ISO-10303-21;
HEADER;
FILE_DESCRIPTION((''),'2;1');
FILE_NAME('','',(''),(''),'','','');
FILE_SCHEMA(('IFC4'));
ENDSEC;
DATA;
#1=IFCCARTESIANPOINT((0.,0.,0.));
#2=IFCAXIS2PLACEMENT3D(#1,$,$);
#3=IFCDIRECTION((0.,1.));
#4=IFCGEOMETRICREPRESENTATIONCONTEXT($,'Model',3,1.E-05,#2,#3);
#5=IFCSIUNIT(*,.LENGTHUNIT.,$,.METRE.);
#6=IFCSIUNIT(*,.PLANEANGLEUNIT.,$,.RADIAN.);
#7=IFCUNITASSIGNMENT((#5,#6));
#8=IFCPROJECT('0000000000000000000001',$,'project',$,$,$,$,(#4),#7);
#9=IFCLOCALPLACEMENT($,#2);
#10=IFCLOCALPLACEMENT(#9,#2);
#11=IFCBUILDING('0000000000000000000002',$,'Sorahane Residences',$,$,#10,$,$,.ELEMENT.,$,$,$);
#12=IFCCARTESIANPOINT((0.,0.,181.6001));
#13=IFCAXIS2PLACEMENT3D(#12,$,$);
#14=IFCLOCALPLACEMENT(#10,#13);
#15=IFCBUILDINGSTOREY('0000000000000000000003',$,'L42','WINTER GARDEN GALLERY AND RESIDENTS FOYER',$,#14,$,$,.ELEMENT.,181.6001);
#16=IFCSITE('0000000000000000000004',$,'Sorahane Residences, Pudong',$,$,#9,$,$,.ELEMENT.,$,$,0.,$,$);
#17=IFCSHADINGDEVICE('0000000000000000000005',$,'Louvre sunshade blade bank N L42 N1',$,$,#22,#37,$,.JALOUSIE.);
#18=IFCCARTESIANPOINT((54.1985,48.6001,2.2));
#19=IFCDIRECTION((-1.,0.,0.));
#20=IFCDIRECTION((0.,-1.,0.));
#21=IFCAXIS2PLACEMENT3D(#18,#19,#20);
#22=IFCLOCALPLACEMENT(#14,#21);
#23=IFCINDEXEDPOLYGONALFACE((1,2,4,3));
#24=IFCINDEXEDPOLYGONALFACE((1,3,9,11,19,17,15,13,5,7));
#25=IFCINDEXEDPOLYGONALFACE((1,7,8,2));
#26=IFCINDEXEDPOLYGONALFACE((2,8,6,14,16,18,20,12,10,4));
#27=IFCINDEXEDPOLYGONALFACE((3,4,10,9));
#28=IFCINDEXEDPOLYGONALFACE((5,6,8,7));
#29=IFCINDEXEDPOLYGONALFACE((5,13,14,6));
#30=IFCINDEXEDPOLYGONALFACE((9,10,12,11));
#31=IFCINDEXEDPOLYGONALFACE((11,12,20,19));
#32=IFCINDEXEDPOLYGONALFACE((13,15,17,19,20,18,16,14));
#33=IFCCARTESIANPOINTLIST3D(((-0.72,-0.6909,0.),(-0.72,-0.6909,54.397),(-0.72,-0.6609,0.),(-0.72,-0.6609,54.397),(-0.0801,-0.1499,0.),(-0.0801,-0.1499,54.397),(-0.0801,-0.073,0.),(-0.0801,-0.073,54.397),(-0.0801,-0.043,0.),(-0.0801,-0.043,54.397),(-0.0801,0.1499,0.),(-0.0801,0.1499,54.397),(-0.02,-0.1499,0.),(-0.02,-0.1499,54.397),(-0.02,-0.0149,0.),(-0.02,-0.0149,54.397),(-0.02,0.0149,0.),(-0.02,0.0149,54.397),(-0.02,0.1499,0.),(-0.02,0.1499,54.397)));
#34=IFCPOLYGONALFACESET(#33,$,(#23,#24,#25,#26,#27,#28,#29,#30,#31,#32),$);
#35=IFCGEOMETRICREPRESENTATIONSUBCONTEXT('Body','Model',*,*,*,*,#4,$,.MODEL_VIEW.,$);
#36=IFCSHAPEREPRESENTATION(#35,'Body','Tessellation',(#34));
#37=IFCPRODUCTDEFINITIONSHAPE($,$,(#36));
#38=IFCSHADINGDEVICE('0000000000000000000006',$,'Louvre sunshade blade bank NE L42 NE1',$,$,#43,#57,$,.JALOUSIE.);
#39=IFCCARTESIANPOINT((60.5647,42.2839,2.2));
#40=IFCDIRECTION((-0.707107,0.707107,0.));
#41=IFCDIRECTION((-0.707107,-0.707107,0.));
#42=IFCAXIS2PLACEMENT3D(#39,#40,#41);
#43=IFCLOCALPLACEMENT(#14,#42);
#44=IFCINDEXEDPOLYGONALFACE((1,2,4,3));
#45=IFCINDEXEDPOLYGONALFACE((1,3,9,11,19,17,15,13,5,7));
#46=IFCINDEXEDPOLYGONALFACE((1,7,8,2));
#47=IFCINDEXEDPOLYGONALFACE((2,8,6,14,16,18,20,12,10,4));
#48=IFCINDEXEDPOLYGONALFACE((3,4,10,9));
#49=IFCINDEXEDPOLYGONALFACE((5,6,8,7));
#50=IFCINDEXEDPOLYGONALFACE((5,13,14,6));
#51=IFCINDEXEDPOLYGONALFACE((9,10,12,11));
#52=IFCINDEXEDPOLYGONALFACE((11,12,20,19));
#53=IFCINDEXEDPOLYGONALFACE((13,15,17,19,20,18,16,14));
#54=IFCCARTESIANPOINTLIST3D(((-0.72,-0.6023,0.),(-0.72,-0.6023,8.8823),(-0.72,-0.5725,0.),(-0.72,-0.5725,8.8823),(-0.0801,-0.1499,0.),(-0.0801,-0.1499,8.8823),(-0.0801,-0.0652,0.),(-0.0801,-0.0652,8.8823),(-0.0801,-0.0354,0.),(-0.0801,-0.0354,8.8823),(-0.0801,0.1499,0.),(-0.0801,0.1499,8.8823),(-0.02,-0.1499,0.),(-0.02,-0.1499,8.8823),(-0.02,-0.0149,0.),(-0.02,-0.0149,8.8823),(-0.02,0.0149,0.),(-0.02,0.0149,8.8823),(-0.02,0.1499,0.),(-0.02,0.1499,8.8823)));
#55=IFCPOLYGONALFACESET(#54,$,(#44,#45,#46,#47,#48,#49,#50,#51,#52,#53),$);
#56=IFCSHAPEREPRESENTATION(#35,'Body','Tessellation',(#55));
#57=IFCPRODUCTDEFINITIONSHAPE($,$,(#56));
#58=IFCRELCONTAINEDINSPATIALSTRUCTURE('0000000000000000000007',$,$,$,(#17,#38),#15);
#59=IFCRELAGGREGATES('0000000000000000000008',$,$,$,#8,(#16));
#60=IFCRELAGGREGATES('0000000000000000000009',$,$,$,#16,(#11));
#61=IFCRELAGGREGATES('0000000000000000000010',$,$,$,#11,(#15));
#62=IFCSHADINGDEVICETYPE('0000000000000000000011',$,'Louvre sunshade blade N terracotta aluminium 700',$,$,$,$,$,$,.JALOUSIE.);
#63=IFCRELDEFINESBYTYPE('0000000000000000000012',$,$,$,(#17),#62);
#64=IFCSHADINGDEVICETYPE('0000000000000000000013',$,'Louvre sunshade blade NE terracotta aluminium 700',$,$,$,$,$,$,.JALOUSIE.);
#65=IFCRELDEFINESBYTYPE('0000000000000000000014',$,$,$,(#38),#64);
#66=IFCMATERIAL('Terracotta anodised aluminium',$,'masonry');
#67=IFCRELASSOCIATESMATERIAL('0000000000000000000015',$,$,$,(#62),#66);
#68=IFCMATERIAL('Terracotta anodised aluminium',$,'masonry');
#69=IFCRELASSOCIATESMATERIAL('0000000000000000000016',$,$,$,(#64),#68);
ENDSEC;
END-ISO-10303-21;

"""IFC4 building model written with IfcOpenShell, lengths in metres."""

from ifc_helpers import new_model, si_unit, direction, frame, origin, place, context, subcontext, project, spatial, polyline, outline, extrude, material, type_object, element, save


model = new_model("IFC4")

# Units and contexts
model_context = context("Model", 3, precision=1e-05, world=origin(), true_north=direction((0.0, 1.0)))
body_context = subcontext(model_context, "Body", "Model", "MODEL_VIEW")
ifc_project = project(units=[si_unit("LENGTHUNIT", "METRE"), si_unit("PLANEANGLEUNIT", "RADIAN")], contexts=[model_context])

# Site, building, storey
site_placement = place(None, origin())
site = spatial("IfcSite", under=ifc_project, at=site_placement, Name="Sorahane Residences, Pudong", CompositionType="ELEMENT", RefElevation=0.0)
building_placement = place(site_placement, origin())
building = spatial("IfcBuilding", under=site, at=building_placement, Name="Sorahane Residences", CompositionType="ELEMENT")
storey_placement = place(building_placement, frame((0.0, 0.0, 181.6001)))
storey = spatial("IfcBuildingStorey", under=building, at=storey_placement, Name="L42", Description="WINTER GARDEN GALLERY AND RESIDENTS FOYER", CompositionType="ELEMENT", Elevation=181.6001)

# Shading devices
ifc_material_1 = material(Name="Terracotta anodised aluminium", Category="masonry")
shading_device_type_1 = type_object("IfcShadingDeviceType", Name="Louvre sunshade blade N terracotta aluminium 700", PredefinedType="JALOUSIE", material=ifc_material_1)
shading_device_1_placement = place(storey_placement, frame((54.1985, 48.6001, 2.2), z_axis=(-1.0, 0.0, 0.0), x_axis=(0.0, -1.0, 0.0)))
element("IfcShadingDevice", 1, at=shading_device_1_placement, inside=storey, type_object=shading_device_type_1, Name="Louvre sunshade blade bank N L42 N1", PredefinedType="JALOUSIE", context=body_context, shape_type="SweptSolid", body=[
    extrude(outline(polyline([(-0.72, -0.6609), (-0.72, -0.6909), (-0.0801, -0.073), (-0.0801, -0.1499), (-0.02, -0.1499), (-0.02, -0.0149), (-0.02, 0.0149), (-0.02, 0.1499), (-0.0801, 0.1499), (-0.0801, -0.043), (-0.72, -0.6609)])), origin(), (0.0, 0.0, 1.0), 54.397),
])
ifc_material_2 = material(Name="Terracotta anodised aluminium", Category="masonry")
shading_device_type_2 = type_object("IfcShadingDeviceType", Name="Louvre sunshade blade NE terracotta aluminium 700", PredefinedType="JALOUSIE", material=ifc_material_2)
shading_device_2_placement = place(storey_placement, frame((60.5647, 42.2839, 2.2), z_axis=(-0.707107, 0.707107, 0.0), x_axis=(-0.707107, -0.707107, 0.0)))
element("IfcShadingDevice", 2, at=shading_device_2_placement, inside=storey, type_object=shading_device_type_2, Name="Louvre sunshade blade bank NE L42 NE1", PredefinedType="JALOUSIE", context=body_context, shape_type="SweptSolid", body=[
    extrude(outline(polyline([(-0.72, -0.5725), (-0.72, -0.6023), (-0.0801, -0.0652), (-0.0801, -0.1499), (-0.02, -0.1499), (-0.02, -0.0149), (-0.02, 0.0149), (-0.02, 0.1499), (-0.0801, 0.1499), (-0.0801, -0.0354), (-0.72, -0.5725)])), origin(), (0.0, 0.0, 1.0), 8.8823),
])

save(model, "model.ifc")
